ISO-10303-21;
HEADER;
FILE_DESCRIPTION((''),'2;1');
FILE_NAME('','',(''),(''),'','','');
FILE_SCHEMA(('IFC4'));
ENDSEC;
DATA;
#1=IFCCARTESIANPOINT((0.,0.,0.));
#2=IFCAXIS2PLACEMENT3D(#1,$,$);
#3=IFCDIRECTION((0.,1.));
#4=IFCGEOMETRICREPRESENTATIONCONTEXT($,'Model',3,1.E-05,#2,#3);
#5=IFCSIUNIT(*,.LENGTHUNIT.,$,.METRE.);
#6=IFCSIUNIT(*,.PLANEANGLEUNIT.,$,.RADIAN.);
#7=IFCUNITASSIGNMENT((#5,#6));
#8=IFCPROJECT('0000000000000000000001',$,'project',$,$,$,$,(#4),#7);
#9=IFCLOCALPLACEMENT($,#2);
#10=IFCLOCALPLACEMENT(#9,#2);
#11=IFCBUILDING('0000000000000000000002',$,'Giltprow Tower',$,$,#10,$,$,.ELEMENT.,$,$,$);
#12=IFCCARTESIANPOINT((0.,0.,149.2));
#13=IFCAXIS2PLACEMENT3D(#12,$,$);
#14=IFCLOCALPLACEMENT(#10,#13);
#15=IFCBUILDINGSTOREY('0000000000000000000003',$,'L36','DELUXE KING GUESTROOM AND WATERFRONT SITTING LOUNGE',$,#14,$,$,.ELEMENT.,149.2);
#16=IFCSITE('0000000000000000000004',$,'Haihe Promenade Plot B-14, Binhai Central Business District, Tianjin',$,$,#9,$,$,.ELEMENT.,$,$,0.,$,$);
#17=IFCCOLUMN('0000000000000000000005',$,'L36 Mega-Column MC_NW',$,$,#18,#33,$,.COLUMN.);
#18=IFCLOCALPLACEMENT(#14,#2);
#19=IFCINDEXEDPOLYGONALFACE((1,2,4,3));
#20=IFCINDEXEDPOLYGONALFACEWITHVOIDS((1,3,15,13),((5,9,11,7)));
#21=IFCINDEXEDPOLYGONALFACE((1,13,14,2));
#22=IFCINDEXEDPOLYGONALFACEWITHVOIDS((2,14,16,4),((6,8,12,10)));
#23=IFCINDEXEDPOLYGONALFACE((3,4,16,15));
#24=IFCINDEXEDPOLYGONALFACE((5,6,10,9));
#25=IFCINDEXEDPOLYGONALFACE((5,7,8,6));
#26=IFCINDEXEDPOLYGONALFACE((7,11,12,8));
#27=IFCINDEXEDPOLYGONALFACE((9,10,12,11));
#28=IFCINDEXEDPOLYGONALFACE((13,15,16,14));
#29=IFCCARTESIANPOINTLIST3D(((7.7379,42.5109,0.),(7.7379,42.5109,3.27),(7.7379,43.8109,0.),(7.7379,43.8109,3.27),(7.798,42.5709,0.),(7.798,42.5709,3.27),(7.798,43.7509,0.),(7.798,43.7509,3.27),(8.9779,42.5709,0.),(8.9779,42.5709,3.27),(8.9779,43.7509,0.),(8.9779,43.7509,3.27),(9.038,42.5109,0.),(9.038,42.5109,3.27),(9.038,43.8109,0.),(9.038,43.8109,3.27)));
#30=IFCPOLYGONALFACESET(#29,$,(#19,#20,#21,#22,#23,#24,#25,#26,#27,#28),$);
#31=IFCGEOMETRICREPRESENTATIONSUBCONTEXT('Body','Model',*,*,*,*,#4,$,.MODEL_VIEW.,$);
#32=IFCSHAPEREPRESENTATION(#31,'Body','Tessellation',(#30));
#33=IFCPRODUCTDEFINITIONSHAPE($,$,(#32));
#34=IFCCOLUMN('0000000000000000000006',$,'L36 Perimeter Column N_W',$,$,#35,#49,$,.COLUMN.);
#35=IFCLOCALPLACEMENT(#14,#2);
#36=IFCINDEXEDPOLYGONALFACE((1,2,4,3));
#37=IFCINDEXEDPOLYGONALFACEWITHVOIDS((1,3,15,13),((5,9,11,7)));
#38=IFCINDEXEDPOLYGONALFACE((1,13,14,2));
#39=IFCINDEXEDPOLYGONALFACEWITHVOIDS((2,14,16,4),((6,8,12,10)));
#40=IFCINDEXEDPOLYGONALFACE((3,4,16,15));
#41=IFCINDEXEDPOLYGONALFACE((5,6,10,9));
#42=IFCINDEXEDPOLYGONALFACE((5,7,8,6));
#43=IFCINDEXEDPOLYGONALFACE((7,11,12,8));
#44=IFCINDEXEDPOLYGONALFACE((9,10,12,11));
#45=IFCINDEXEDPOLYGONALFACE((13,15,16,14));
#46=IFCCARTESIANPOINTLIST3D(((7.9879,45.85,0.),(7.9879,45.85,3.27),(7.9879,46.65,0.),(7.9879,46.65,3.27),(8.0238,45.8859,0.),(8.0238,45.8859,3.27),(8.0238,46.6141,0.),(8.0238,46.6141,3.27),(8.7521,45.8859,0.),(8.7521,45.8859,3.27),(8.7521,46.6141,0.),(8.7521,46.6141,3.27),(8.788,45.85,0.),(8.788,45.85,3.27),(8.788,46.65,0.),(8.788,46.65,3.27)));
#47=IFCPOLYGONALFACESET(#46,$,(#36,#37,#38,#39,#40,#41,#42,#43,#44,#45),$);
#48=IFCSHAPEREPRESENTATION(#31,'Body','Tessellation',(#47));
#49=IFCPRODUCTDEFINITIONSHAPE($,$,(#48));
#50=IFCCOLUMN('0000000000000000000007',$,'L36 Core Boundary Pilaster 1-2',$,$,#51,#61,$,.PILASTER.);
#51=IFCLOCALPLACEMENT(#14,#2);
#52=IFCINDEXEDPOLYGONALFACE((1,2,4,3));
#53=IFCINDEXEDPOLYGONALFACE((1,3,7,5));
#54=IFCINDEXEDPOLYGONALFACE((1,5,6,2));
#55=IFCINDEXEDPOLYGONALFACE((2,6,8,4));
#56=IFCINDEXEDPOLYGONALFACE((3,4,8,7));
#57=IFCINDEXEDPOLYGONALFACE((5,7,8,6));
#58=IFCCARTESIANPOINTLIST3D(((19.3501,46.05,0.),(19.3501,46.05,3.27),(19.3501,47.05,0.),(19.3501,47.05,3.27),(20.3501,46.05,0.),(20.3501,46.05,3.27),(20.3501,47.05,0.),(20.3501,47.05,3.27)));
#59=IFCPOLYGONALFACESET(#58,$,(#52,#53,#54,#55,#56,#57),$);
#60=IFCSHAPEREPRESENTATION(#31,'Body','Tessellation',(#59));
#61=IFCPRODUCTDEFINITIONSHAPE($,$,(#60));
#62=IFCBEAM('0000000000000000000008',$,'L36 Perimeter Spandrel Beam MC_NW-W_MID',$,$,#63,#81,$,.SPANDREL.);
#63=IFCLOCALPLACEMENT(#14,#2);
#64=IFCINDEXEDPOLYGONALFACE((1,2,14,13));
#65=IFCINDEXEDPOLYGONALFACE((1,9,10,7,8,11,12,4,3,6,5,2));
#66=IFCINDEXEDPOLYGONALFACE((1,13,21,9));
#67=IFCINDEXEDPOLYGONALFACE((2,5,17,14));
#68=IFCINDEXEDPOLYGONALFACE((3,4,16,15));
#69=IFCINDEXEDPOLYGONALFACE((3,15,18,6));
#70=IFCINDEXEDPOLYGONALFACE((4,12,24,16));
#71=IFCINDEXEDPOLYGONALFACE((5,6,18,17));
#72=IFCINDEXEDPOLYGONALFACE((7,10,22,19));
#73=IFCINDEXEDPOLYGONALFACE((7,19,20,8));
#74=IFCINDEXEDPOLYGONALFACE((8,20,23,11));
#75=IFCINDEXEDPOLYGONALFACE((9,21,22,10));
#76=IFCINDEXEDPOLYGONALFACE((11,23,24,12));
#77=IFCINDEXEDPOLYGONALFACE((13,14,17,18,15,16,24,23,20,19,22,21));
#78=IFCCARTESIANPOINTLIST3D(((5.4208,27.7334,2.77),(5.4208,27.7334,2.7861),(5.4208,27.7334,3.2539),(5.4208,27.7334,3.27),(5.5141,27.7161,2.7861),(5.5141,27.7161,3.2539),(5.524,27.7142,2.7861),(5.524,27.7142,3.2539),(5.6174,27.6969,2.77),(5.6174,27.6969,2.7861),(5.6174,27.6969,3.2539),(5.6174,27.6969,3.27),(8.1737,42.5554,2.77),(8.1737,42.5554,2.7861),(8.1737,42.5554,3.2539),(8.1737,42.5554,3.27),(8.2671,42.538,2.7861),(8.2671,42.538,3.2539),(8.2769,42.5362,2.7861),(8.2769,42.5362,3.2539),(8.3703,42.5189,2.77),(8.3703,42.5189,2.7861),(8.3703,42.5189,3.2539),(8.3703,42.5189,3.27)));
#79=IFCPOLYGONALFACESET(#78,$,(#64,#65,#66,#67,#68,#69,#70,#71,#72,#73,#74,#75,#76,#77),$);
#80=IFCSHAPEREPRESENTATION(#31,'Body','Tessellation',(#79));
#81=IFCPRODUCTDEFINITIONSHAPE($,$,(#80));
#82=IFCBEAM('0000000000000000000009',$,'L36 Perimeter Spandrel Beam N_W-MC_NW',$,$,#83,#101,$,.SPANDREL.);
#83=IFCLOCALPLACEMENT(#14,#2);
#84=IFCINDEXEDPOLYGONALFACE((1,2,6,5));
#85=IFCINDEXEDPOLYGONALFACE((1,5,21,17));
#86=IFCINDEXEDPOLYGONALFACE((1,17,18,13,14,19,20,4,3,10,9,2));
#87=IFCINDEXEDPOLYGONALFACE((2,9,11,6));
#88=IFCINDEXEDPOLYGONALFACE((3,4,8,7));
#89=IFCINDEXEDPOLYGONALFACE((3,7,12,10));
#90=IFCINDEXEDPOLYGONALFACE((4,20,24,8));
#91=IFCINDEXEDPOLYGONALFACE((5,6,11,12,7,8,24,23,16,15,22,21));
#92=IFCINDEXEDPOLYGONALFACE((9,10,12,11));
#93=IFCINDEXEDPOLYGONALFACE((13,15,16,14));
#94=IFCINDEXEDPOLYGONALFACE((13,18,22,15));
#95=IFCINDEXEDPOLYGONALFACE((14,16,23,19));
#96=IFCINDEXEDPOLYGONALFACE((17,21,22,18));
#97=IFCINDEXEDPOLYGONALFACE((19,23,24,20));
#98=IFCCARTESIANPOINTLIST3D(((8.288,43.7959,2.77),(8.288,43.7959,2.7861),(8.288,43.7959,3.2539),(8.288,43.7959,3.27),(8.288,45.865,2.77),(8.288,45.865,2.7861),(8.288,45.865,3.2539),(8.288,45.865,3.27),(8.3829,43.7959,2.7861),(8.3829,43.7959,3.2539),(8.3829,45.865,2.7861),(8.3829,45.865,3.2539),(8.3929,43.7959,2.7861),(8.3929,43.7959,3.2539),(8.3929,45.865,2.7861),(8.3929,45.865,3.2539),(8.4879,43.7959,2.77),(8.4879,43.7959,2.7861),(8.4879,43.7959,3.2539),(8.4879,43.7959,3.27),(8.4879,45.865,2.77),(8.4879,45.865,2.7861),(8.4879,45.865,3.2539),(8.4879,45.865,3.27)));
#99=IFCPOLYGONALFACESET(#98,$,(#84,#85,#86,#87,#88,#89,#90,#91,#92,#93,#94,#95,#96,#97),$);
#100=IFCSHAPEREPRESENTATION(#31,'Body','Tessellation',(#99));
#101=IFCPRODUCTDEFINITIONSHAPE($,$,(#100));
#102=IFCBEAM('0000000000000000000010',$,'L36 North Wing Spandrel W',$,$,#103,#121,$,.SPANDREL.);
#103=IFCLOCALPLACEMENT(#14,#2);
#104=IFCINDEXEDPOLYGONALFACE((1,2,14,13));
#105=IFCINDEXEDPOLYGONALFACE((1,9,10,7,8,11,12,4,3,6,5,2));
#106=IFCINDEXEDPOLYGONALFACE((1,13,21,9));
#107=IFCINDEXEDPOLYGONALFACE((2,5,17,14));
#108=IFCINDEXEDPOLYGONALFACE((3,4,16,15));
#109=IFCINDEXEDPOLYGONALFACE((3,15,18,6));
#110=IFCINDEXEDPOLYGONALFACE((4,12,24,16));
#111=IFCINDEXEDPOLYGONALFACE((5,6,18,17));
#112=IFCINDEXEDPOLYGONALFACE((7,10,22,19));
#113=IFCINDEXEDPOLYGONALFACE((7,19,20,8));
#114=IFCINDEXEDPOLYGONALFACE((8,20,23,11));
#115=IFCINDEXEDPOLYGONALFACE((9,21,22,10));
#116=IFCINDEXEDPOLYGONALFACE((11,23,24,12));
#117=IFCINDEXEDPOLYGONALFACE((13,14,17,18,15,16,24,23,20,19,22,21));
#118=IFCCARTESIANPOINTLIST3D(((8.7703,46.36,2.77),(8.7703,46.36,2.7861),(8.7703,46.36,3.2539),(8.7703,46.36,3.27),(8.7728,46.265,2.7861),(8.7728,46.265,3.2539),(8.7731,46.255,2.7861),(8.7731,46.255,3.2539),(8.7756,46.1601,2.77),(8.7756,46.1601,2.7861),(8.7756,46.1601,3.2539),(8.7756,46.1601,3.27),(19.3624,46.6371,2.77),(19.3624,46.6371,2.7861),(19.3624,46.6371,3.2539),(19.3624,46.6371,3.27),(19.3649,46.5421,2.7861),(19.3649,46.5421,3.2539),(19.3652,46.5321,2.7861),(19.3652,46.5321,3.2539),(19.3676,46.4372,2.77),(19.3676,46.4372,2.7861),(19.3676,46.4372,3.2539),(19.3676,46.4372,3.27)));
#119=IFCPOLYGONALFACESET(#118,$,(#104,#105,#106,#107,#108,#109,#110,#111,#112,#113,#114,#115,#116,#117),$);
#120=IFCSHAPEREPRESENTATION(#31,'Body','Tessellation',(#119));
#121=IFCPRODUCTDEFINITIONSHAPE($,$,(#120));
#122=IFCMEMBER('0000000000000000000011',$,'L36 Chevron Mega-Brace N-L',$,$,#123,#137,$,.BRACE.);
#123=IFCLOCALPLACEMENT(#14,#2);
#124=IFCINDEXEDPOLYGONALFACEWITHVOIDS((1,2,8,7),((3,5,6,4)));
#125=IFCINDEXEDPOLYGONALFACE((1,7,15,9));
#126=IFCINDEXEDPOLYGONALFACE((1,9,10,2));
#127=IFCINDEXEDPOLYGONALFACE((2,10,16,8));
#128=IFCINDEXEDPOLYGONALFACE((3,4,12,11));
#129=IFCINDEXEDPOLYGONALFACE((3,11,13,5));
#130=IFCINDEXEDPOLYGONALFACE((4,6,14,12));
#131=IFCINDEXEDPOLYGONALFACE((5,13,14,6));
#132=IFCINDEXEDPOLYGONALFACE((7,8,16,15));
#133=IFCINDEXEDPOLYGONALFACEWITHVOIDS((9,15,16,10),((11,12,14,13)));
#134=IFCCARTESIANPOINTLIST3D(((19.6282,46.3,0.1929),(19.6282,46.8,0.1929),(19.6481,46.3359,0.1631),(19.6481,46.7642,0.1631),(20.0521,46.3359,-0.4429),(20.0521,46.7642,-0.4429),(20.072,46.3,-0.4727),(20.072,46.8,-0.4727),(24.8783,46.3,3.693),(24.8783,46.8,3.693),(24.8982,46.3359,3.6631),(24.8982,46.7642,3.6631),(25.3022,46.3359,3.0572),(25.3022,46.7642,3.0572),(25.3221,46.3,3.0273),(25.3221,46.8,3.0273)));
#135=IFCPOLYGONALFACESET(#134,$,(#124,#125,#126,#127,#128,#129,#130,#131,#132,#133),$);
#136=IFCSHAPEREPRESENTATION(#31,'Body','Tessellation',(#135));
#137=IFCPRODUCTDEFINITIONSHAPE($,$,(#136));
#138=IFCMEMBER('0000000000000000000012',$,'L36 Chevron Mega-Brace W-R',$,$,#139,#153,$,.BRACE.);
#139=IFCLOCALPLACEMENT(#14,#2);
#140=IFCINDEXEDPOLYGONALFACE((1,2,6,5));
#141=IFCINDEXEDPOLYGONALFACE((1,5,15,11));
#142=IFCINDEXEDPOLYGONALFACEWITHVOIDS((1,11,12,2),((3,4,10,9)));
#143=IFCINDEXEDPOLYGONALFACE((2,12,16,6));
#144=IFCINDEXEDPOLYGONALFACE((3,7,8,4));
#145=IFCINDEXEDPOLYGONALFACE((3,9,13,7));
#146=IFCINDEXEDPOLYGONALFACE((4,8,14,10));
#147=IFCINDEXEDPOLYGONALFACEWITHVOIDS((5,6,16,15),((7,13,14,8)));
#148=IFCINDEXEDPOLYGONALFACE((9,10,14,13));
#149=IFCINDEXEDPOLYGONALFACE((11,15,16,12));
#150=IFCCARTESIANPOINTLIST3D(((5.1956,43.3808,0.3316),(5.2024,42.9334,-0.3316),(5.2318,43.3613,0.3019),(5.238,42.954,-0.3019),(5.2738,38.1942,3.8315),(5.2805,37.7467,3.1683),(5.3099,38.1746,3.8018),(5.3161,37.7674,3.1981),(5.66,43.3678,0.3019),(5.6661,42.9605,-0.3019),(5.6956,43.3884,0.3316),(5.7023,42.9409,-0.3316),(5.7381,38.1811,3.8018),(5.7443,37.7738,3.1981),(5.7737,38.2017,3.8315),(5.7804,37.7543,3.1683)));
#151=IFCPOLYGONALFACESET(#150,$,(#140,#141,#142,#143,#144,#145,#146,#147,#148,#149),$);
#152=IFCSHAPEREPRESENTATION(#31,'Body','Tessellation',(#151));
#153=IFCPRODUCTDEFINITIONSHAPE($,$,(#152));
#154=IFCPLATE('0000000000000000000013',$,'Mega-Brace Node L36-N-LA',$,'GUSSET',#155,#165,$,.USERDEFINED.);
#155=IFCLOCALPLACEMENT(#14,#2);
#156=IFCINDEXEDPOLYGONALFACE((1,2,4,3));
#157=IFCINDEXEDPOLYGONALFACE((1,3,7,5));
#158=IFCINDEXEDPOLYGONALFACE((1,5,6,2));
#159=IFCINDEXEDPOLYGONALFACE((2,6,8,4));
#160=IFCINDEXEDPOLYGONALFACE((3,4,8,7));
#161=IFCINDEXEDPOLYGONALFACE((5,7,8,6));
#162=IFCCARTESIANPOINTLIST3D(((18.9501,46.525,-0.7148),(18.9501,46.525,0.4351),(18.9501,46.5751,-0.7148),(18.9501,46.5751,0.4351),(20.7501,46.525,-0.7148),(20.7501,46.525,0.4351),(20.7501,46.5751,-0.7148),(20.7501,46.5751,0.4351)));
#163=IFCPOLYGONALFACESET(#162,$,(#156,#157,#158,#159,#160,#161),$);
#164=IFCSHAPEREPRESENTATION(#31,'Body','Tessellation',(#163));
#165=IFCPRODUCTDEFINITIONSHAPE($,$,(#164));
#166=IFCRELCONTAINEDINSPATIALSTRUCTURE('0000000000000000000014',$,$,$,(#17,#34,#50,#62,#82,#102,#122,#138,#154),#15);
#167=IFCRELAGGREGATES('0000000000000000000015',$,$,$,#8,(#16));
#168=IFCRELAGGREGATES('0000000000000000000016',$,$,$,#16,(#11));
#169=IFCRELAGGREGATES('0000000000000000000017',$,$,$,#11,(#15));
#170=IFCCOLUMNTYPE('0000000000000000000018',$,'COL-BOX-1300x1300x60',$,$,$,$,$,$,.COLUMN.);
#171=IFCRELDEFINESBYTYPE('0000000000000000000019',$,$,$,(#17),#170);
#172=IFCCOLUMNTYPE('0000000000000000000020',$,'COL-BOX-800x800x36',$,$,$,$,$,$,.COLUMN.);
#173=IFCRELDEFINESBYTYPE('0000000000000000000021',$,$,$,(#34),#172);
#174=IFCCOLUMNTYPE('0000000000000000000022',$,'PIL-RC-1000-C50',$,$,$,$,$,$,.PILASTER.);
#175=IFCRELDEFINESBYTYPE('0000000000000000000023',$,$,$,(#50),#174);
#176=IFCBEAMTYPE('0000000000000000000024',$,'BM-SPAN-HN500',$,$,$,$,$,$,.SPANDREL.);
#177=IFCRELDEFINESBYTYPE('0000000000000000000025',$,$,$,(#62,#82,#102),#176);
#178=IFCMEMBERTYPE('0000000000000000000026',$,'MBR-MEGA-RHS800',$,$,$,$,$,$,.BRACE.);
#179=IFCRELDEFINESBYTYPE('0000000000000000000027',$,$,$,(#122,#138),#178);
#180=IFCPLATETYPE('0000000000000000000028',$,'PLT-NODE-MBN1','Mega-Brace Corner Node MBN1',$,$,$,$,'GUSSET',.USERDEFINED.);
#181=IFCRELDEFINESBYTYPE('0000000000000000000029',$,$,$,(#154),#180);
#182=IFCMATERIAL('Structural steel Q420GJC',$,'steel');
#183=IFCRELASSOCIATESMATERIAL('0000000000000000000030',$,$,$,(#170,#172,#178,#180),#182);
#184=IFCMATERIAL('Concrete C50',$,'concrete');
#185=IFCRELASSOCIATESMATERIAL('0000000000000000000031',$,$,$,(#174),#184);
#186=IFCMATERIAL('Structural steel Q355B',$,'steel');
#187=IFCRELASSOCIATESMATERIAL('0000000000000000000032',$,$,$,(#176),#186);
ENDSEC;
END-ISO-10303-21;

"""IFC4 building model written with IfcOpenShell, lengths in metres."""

from ifc_helpers import new_model, si_unit, direction, frame, origin, origin_2d, place, context, subcontext, project, spatial, rectangle, hollow_rectangle, i_section, extrude, source, transform, mapped, material, material_profile, profile_set, type_object, element, save


model = new_model("IFC4")

# Units and contexts
model_context = context("Model", 3, precision=1e-05, world=origin(), true_north=direction((0.0, 1.0)))
body_context = subcontext(model_context, "Body", "Model", "MODEL_VIEW")
ifc_project = project(units=[si_unit("LENGTHUNIT", "METRE"), si_unit("PLANEANGLEUNIT", "RADIAN")], contexts=[model_context])

# Site, building, storey
site_placement = place(None, origin())
site = spatial("IfcSite", under=ifc_project, at=site_placement, Name="Haihe Promenade Plot B-14, Binhai Central Business District, Tianjin", CompositionType="ELEMENT", RefElevation=0.0)
building_placement = place(site_placement, origin())
building = spatial("IfcBuilding", under=site, at=building_placement, Name="Giltprow Tower", CompositionType="ELEMENT")
storey_placement = place(building_placement, frame((0.0, 0.0, 149.2)))
storey = spatial("IfcBuildingStorey", under=building, at=storey_placement, Name="L36", Description="DELUXE KING GUESTROOM AND WATERFRONT SITTING LOUNGE", CompositionType="ELEMENT", Elevation=149.2)

# Columns
ifc_material_1 = material(Name="Structural steel Q420GJC", Category="steel")
ifc_material_profile_1 = material_profile(ifc_material_1, hollow_rectangle(XDim=1.3, YDim=1.3, WallThickness=0.0601, at=origin_2d()), Name="BOX 1300x1300x60")
ifc_profile_set_1 = profile_set([ifc_material_profile_1], Name="Structural steel Q420GJC")
column_type_1 = type_object("IfcColumnType", Name="COL-BOX-1300x1300x60", PredefinedType="COLUMN", material=ifc_profile_set_1)
shared_shape_1 = source(origin(), body_context, "Body", "SweptSolid", [
    extrude(hollow_rectangle(XDim=1.3, YDim=1.3, WallThickness=0.0601, at=origin_2d()), origin(), (0.0, 0.0, 1.0), 3.27),
])
column_1_placement = place(storey_placement, frame((8.3879, 43.1609, 0.0), z_axis=(0.0, 0.0, 1.0), x_axis=(1.0, 0.0, 0.0)))
element("IfcColumn", 1, at=column_1_placement, inside=storey, type_object=column_type_1, Name="L36 Mega-Column MC_NW", PredefinedType="COLUMN", context=body_context, shape_type="MappedRepresentation", body=[
    mapped(shared_shape_1, transform((0.0, 0.0, 0.0), x_axis=(1.0, 0.0, 0.0), y_axis=(0.0, 1.0, 0.0), z_axis=(0.0, 0.0, 1.0), scale=1.0)),
])
ifc_material_profile_2 = material_profile(ifc_material_1, hollow_rectangle(XDim=0.8, YDim=0.8, WallThickness=0.0359, at=origin_2d()), Name="BOX 800x800x36")
ifc_profile_set_2 = profile_set([ifc_material_profile_2], Name="Structural steel Q420GJC")
column_type_2 = type_object("IfcColumnType", Name="COL-BOX-800x800x36", PredefinedType="COLUMN", material=ifc_profile_set_2)
shared_shape_2 = source(origin(), body_context, "Body", "SweptSolid", [
    extrude(hollow_rectangle(XDim=0.8, YDim=0.8, WallThickness=0.0359, at=origin_2d()), origin(), (0.0, 0.0, 1.0), 3.27),
])
column_2_placement = place(storey_placement, frame((8.3879, 46.25, 0.0), z_axis=(0.0, 0.0, 1.0), x_axis=(1.0, 0.0, 0.0)))
element("IfcColumn", 2, at=column_2_placement, inside=storey, type_object=column_type_2, Name="L36 Perimeter Column N_W", PredefinedType="COLUMN", context=body_context, shape_type="MappedRepresentation", body=[
    mapped(shared_shape_2, transform((0.0, 0.0, 0.0), x_axis=(1.0, 0.0, 0.0), y_axis=(0.0, 1.0, 0.0), z_axis=(0.0, 0.0, 1.0), scale=1.0)),
])
ifc_material_2 = material(Name="Concrete C50", Category="concrete")
ifc_material_profile_3 = material_profile(ifc_material_2, rectangle(XDim=1.0, YDim=1.0, at=origin_2d()), Name="RC 1000x1000")
ifc_profile_set_3 = profile_set([ifc_material_profile_3], Name="Concrete C50")
column_type_3 = type_object("IfcColumnType", Name="PIL-RC-1000-C50", PredefinedType="PILASTER", material=ifc_profile_set_3)
shared_shape_3 = source(origin(), body_context, "Body", "SweptSolid", [
    extrude(rectangle(XDim=1.0, YDim=1.0, at=origin_2d()), origin(), (0.0, 0.0, 1.0), 3.27),
])
column_3_placement = place(storey_placement, frame((19.8501, 46.55, 0.0), z_axis=(0.0, 0.0, 1.0), x_axis=(1.0, 0.0, 0.0)))
element("IfcColumn", 3, at=column_3_placement, inside=storey, type_object=column_type_3, Name="L36 Core Boundary Pilaster 1-2", PredefinedType="PILASTER", context=body_context, shape_type="MappedRepresentation", body=[
    mapped(shared_shape_3, transform((0.0, 0.0, 0.0), x_axis=(1.0, 0.0, 0.0), y_axis=(0.0, 1.0, 0.0), z_axis=(0.0, 0.0, 1.0), scale=1.0)),
])

# Beams
ifc_material_3 = material(Name="Structural steel Q355B", Category="steel")
ifc_material_profile_4 = material_profile(ifc_material_3, i_section(OverallWidth=0.2, OverallDepth=0.5, WebThickness=0.01, FlangeThickness=0.0161, at=origin_2d()), Name="HN 500x200x10x16")
ifc_profile_set_4 = profile_set([ifc_material_profile_4], Name="Structural steel Q355B")
beam_type = type_object("IfcBeamType", Name="BM-SPAN-HN500", PredefinedType="SPANDREL", material=ifc_profile_set_4)
shared_shape_4 = source(origin(), body_context, "Body", "SweptSolid", [
    extrude(i_section(OverallWidth=0.2, OverallDepth=0.5, WebThickness=0.01, FlangeThickness=0.0161, at=origin_2d()), origin(), (0.0, 0.0, 1.0), 15.0754),
])
beam_1_placement = place(storey_placement, frame((8.272, 42.5371, 3.02), z_axis=(-0.182609, -0.983186, 0.0), x_axis=(0.983186, -0.182609, 0.0)))
element("IfcBeam", 4, at=beam_1_placement, inside=storey, type_object=beam_type, Name="L36 Perimeter Spandrel Beam MC_NW-W_MID", PredefinedType="SPANDREL", context=body_context, shape_type="MappedRepresentation", body=[
    mapped(shared_shape_4, transform((0.0, 0.0, 0.0), x_axis=(1.0, 0.0, 0.0), y_axis=(0.0, 1.0, 0.0), z_axis=(0.0, 0.0, 1.0), scale=1.0)),
])
shared_shape_5 = source(origin(), body_context, "Body", "SweptSolid", [
    extrude(i_section(OverallWidth=0.2, OverallDepth=0.5, WebThickness=0.01, FlangeThickness=0.0161, at=origin_2d()), origin(), (0.0, 0.0, 1.0), 2.0691),
])
beam_2_placement = place(storey_placement, frame((8.3879, 45.865, 3.02), z_axis=(0.0, -1.0, 0.0), x_axis=(1.0, 0.0, 0.0)))
element("IfcBeam", 5, at=beam_2_placement, inside=storey, type_object=beam_type, Name="L36 Perimeter Spandrel Beam N_W-MC_NW", PredefinedType="SPANDREL", context=body_context, shape_type="MappedRepresentation", body=[
    mapped(shared_shape_5, transform((0.0, 0.0, 0.0), x_axis=(1.0, 0.0, 0.0), y_axis=(0.0, 1.0, 0.0), z_axis=(0.0, 0.0, 1.0), scale=1.0)),
])
shared_shape_6 = source(origin(), body_context, "Body", "SweptSolid", [
    extrude(i_section(OverallWidth=0.2, OverallDepth=0.5, WebThickness=0.01, FlangeThickness=0.0161, at=origin_2d()), origin(), (0.0, 0.0, 1.0), 10.5957),
])
beam_3_placement = place(storey_placement, frame((8.7729, 46.26, 3.02), z_axis=(0.999658, 0.026152, 0.0), x_axis=(-0.026152, 0.999658, 0.0)))
element("IfcBeam", 6, at=beam_3_placement, inside=storey, type_object=beam_type, Name="L36 North Wing Spandrel W", PredefinedType="SPANDREL", context=body_context, shape_type="MappedRepresentation", body=[
    mapped(shared_shape_6, transform((0.0, 0.0, 0.0), x_axis=(1.0, 0.0, 0.0), y_axis=(0.0, 1.0, 0.0), z_axis=(0.0, 0.0, 1.0), scale=1.0)),
])

# Members
ifc_material_profile_5 = material_profile(ifc_material_1, hollow_rectangle(XDim=0.5, YDim=0.8, WallThickness=0.0359, at=origin_2d()), Name="RHS 800x500x36")
ifc_profile_set_5 = profile_set([ifc_material_profile_5], Name="Structural steel Q420GJC")
member_type = type_object("IfcMemberType", Name="MBR-MEGA-RHS800", PredefinedType="BRACE", material=ifc_profile_set_5)
shared_shape_7 = source(origin(), body_context, "Body", "SweptSolid", [
    extrude(hollow_rectangle(XDim=0.5, YDim=0.8, WallThickness=0.0359, at=origin_2d()), origin(), (0.0, 0.0, 1.0), 6.3098),
])
member_1_placement = place(storey_placement, frame((19.8501, 46.55, -0.1399), z_axis=(0.83205, 0.0, 0.5547), x_axis=(0.0, 1.0, 0.0)))
element("IfcMember", 7, at=member_1_placement, inside=storey, type_object=member_type, Name="L36 Chevron Mega-Brace N-L", PredefinedType="BRACE", context=body_context, shape_type="MappedRepresentation", body=[
    mapped(shared_shape_7, transform((0.0, 0.0, 0.0), x_axis=(1.0, 0.0, 0.0), y_axis=(0.0, 1.0, 0.0), z_axis=(0.0, 0.0, 1.0), scale=1.0)),
])
shared_shape_8 = source(origin(), body_context, "Body", "SweptSolid", [
    extrude(hollow_rectangle(XDim=0.5, YDim=0.8, WallThickness=0.0359, at=origin_2d()), origin(), (0.0, 0.0, 1.0), 6.2576),
])
member_2_placement = place(storey_placement, frame((5.449, 43.1609, 0.0), z_axis=(0.012485, -0.828863, 0.559312), x_axis=(0.999887, 0.015061, 0.0)))
element("IfcMember", 8, at=member_2_placement, inside=storey, type_object=member_type, Name="L36 Chevron Mega-Brace W-R", PredefinedType="BRACE", context=body_context, shape_type="MappedRepresentation", body=[
    mapped(shared_shape_8, transform((0.0, 0.0, 0.0), x_axis=(1.0, 0.0, 0.0), y_axis=(0.0, 1.0, 0.0), z_axis=(0.0, 0.0, 1.0), scale=1.0)),
])

# Plate
plate_type = type_object("IfcPlateType", Name="PLT-NODE-MBN1", Description="Mega-Brace Corner Node MBN1", ElementType="GUSSET", PredefinedType="USERDEFINED", material=ifc_material_1)
shared_shape_9 = source(origin(), body_context, "Body", "SweptSolid", [
    extrude(rectangle(XDim=1.8, YDim=0.05, at=origin_2d()), origin(), (0.0, 0.0, 1.0), 1.1499),
])
for number, where, z_axis, x_axis, name in (
    (9, (19.8501, 46.55, -0.7148), (0.0, 0.0, 1.0), (1.0, 0.0, 0.0), "Mega-Brace Node L36-N-LA"),
):
    element("IfcPlate", number, at=place(storey_placement, frame(where, z_axis=z_axis, x_axis=x_axis)), inside=storey, type_object=plate_type, Name=name, ObjectType="GUSSET", PredefinedType="USERDEFINED", context=body_context, shape_type="MappedRepresentation", body=[
        mapped(shared_shape_9, transform((0.0, 0.0, 0.0), x_axis=(1.0, 0.0, 0.0), y_axis=(0.0, 1.0, 0.0), z_axis=(0.0, 0.0, 1.0), scale=1.0)),
    ])

save(model, "model.ifc")
